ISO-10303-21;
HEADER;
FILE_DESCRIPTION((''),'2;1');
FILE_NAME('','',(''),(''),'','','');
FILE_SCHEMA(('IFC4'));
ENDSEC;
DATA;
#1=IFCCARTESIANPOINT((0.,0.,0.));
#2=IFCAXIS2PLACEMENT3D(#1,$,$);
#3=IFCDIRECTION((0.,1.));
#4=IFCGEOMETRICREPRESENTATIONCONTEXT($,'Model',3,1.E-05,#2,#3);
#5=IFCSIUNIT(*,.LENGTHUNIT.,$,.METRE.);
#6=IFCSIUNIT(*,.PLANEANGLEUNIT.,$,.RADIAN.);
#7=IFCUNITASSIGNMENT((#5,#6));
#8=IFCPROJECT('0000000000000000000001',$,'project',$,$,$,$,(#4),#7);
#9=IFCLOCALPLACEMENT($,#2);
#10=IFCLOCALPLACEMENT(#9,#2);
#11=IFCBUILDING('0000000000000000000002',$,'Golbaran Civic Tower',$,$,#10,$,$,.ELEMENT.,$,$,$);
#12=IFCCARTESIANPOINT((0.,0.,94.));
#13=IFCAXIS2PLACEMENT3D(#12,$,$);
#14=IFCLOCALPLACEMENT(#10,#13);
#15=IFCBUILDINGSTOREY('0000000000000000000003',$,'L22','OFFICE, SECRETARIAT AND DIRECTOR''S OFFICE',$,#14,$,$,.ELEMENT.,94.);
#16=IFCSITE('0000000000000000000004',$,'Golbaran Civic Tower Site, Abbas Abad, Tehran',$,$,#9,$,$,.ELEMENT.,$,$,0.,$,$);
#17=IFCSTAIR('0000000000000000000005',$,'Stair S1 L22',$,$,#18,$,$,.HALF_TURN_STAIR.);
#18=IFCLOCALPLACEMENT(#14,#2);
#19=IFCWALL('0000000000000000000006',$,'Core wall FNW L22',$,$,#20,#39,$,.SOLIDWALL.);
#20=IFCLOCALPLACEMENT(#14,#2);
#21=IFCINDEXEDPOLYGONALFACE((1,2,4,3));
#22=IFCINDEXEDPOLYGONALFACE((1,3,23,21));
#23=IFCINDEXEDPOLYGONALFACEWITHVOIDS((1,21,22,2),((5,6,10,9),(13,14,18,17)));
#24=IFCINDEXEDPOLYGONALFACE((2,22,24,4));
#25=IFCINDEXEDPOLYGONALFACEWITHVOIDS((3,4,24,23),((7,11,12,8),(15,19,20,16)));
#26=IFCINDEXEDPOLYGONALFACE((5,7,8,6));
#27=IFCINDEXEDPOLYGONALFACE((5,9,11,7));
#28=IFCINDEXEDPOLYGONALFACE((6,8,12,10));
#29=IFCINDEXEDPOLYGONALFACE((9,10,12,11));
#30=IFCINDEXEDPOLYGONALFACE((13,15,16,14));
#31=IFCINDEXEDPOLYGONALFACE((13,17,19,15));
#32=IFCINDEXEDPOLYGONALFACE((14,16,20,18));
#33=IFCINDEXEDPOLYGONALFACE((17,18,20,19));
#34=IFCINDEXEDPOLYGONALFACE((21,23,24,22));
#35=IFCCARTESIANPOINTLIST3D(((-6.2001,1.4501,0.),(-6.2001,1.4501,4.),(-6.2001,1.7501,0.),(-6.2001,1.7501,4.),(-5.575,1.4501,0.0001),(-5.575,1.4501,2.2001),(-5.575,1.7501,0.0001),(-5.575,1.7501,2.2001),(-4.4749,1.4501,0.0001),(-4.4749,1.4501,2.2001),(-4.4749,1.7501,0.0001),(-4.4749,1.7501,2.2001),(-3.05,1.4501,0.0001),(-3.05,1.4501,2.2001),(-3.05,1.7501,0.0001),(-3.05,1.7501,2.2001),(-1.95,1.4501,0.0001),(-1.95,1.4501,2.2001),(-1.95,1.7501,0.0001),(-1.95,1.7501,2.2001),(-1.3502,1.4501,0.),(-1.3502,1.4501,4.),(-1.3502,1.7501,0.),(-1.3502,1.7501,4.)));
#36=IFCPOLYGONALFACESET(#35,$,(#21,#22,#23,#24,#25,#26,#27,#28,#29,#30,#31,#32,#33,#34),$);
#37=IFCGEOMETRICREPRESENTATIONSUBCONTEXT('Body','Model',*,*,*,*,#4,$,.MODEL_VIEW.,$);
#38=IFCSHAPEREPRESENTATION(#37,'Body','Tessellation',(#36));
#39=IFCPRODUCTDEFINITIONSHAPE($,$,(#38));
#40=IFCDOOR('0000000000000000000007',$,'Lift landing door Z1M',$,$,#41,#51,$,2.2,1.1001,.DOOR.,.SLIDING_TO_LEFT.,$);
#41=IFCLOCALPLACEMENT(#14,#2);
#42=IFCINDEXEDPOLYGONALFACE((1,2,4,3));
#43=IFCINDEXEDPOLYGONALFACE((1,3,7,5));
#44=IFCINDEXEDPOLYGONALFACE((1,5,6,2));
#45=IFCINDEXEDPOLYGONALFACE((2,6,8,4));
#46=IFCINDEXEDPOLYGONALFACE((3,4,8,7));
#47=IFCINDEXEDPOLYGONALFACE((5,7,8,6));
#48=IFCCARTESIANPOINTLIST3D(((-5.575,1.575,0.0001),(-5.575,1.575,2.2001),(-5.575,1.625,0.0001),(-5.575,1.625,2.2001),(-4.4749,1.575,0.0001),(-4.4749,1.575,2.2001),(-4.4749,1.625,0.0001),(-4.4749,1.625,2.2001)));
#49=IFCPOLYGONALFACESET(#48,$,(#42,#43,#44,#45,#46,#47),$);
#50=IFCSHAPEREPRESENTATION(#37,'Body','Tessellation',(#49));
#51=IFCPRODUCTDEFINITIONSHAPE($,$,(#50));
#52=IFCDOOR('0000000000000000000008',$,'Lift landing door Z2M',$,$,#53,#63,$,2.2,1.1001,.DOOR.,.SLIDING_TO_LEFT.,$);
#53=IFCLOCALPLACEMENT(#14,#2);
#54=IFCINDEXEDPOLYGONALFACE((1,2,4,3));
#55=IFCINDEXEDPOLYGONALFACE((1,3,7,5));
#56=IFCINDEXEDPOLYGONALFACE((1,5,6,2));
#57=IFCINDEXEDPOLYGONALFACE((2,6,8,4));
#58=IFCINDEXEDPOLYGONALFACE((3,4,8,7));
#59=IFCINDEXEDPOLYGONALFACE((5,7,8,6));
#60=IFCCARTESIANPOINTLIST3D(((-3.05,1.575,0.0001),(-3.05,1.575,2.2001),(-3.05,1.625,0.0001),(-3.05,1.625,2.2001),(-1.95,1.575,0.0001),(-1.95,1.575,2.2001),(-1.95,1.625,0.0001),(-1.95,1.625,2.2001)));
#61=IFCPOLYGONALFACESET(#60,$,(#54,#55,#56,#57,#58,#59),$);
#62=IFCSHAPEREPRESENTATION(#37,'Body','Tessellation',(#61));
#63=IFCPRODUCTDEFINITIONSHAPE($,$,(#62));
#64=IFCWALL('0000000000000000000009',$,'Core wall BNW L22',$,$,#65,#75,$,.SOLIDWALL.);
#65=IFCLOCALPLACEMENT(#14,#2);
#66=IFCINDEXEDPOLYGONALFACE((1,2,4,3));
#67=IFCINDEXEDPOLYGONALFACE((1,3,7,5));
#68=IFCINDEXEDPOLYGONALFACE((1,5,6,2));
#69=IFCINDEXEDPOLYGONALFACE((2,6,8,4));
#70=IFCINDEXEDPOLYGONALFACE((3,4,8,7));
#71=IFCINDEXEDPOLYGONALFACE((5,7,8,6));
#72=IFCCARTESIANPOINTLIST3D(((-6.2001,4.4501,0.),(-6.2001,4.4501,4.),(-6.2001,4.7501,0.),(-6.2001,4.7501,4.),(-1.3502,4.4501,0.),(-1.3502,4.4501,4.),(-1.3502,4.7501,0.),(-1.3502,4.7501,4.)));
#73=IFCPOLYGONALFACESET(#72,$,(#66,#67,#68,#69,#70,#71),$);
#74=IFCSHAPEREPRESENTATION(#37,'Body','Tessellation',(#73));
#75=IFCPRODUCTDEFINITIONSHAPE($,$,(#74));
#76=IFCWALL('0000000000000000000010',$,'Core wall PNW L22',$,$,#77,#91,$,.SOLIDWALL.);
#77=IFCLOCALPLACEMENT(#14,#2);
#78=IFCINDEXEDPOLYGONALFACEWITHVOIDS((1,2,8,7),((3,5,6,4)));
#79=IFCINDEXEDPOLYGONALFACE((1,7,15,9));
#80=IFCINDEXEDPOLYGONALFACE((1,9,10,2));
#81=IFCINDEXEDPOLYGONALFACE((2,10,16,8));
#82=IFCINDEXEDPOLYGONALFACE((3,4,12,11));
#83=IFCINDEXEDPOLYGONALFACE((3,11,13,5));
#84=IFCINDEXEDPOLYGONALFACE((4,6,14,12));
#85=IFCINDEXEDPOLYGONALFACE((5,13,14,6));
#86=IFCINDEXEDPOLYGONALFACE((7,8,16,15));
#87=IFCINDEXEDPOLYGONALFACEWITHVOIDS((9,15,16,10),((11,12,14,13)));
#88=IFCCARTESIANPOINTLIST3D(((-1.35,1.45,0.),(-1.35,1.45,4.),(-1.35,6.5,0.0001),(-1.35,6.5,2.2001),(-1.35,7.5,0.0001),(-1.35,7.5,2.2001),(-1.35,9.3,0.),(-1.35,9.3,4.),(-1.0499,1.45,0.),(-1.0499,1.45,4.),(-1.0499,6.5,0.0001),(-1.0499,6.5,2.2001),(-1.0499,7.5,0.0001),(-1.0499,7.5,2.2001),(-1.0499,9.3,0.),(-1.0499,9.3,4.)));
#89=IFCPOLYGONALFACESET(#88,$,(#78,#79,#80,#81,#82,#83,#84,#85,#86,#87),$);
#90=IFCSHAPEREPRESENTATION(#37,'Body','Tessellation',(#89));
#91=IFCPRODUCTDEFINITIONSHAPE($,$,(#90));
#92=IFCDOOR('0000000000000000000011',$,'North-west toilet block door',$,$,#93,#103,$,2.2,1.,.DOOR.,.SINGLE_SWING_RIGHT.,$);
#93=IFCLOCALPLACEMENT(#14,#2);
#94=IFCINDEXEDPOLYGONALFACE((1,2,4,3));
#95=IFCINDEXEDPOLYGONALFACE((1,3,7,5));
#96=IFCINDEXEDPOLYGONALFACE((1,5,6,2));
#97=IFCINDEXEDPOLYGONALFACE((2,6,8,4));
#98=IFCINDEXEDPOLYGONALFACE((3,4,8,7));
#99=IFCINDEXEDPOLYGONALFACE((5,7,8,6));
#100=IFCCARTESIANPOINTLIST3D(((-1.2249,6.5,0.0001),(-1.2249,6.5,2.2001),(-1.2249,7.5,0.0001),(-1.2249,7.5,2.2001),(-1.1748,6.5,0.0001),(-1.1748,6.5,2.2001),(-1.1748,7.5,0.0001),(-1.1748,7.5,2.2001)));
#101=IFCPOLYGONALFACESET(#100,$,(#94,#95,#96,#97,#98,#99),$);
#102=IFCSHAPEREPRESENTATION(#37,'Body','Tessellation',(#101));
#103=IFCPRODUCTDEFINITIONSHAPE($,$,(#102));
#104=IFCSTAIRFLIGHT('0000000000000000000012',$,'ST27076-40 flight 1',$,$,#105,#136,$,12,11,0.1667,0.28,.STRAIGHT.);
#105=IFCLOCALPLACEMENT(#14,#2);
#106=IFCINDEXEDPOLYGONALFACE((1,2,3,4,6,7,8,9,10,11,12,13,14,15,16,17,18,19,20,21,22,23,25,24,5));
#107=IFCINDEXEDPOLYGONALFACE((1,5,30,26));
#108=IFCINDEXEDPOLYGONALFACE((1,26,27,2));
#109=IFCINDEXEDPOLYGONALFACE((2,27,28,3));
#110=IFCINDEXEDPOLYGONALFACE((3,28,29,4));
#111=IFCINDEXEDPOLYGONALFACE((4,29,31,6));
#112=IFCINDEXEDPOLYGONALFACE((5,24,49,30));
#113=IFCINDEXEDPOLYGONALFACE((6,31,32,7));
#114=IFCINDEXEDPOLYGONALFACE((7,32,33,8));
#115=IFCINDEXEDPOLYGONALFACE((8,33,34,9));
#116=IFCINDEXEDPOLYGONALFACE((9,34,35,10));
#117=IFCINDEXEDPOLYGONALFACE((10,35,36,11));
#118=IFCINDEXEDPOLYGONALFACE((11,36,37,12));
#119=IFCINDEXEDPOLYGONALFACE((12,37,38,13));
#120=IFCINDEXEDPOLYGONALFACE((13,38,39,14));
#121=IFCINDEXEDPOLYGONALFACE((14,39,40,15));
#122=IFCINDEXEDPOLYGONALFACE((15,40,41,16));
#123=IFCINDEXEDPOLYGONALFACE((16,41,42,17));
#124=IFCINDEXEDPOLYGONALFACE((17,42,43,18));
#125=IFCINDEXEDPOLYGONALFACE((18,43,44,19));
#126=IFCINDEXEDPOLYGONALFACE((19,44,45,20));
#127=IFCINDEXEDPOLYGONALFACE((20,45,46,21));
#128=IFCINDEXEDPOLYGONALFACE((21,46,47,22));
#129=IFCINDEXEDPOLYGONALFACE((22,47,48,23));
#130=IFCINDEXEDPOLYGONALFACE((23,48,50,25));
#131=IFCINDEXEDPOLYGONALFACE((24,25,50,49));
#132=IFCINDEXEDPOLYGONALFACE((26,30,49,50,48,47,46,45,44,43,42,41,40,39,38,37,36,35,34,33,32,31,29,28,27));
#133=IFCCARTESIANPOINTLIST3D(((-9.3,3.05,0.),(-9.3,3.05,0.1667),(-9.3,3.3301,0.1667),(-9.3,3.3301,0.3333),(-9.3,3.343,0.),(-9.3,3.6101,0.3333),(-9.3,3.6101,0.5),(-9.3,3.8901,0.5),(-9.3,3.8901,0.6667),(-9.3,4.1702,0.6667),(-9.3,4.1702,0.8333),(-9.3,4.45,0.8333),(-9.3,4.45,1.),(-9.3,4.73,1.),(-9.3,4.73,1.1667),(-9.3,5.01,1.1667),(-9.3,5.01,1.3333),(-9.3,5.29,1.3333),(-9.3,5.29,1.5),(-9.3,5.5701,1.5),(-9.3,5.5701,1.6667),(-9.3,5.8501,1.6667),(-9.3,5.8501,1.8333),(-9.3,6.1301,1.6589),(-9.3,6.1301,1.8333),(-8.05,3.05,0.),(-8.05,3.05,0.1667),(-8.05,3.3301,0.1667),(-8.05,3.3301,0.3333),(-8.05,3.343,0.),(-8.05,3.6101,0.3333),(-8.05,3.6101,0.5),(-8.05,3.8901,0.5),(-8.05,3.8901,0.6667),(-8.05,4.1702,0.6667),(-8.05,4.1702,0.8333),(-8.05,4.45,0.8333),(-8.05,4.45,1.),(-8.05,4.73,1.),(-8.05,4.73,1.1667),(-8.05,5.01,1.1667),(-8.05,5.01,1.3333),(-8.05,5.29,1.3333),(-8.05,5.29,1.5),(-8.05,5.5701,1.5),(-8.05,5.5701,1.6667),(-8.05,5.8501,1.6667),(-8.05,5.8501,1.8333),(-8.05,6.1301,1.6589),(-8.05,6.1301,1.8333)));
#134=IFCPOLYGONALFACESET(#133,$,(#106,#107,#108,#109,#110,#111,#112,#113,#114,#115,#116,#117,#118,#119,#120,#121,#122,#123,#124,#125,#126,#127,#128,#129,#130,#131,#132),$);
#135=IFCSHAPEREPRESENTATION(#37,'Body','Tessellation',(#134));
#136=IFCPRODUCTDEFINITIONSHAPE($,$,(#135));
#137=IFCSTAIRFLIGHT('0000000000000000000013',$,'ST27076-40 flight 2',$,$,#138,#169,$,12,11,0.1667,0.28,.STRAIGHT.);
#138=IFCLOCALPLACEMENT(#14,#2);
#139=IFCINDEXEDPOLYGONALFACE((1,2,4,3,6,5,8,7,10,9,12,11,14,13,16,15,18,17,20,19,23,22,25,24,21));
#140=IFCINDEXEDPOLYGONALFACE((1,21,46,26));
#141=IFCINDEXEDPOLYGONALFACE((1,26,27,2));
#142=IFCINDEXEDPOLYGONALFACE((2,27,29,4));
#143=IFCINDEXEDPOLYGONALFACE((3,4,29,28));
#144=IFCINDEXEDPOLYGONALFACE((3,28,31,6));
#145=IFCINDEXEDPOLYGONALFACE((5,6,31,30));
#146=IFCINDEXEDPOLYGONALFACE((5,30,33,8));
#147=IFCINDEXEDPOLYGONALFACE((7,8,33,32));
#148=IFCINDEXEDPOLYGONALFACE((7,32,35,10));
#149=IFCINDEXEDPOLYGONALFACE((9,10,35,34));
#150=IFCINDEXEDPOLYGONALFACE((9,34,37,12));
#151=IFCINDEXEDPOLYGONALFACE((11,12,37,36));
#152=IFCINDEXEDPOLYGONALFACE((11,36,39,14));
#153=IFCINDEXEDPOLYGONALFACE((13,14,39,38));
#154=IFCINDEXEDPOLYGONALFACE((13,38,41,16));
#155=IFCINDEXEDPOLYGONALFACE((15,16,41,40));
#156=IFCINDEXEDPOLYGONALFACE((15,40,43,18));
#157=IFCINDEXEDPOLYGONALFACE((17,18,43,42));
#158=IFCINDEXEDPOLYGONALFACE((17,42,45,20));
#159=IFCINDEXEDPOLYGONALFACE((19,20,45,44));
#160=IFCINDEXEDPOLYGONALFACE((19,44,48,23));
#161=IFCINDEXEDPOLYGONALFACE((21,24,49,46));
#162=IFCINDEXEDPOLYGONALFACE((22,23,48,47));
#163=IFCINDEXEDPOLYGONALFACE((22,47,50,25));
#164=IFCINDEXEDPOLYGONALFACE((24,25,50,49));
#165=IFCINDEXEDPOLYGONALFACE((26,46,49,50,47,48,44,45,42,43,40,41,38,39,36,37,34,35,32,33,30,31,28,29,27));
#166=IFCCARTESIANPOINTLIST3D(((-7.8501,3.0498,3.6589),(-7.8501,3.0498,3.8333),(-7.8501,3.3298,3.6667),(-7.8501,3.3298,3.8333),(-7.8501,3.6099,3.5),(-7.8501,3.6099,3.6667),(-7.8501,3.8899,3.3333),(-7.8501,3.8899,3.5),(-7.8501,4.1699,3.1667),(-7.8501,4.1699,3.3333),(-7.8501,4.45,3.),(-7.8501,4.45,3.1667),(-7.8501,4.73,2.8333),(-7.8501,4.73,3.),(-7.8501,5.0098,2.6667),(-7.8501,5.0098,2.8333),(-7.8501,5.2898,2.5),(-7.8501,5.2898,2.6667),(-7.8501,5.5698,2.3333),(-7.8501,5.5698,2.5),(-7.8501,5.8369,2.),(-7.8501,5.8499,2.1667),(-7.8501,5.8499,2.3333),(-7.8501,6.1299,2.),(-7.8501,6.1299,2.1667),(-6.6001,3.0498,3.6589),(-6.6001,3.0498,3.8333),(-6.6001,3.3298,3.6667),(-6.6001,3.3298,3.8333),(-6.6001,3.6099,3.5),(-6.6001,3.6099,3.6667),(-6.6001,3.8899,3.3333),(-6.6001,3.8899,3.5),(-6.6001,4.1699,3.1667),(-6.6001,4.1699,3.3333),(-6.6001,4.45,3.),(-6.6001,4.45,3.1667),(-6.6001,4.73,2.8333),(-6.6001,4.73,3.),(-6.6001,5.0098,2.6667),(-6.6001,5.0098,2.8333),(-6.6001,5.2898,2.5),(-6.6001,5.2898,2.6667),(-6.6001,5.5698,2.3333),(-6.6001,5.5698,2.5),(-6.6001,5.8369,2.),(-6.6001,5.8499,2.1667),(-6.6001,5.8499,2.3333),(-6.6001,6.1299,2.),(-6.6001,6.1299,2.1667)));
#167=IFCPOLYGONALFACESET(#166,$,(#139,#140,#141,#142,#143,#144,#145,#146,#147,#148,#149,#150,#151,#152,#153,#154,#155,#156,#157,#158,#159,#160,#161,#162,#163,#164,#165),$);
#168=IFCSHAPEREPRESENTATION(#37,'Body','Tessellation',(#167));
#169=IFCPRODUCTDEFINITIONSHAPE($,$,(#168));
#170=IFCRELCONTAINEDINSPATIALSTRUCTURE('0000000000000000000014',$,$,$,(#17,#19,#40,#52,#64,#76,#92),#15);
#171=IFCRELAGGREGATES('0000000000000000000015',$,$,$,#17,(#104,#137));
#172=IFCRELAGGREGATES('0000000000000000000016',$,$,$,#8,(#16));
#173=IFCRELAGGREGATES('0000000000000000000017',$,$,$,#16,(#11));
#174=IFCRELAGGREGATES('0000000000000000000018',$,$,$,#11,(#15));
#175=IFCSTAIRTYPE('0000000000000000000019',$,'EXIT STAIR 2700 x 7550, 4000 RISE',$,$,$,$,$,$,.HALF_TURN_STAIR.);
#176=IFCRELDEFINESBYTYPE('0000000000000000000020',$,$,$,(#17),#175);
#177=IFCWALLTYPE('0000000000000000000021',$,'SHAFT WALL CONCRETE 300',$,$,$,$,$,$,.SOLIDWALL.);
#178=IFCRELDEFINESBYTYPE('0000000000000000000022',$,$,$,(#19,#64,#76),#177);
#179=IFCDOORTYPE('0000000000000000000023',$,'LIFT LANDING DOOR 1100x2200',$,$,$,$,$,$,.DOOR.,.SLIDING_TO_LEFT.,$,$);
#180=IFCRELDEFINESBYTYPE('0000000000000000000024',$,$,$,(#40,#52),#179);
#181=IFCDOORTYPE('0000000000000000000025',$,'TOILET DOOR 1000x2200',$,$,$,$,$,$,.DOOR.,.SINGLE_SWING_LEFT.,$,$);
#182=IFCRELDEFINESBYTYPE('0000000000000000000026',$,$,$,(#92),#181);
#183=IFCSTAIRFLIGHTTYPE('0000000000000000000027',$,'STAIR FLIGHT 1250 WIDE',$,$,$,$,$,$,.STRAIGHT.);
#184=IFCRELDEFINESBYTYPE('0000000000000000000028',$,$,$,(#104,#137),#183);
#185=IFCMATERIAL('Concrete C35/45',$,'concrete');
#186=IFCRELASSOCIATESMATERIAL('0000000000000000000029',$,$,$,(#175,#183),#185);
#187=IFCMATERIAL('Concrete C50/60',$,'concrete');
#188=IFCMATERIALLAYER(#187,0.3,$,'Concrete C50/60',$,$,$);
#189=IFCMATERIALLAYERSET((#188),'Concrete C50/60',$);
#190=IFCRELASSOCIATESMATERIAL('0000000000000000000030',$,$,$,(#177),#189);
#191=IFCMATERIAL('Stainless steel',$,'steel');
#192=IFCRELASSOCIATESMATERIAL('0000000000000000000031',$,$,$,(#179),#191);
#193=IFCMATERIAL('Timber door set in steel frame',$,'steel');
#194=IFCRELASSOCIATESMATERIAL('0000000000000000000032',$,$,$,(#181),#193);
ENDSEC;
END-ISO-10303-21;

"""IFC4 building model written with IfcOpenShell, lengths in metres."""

from ifc_helpers import new_model, si_unit, direction, frame, frame_2d, origin, place, context, subcontext, project, spatial, polyline, rectangle, outline, extrude, material, layer, layer_set, type_object, element, fill, aggregate, save


model = new_model("IFC4")

# Units and contexts
model_context = context("Model", 3, precision=1e-05, world=origin(), true_north=direction((0.0, 1.0)))
body_context = subcontext(model_context, "Body", "Model", "MODEL_VIEW")
ifc_project = project(units=[si_unit("LENGTHUNIT", "METRE"), si_unit("PLANEANGLEUNIT", "RADIAN")], contexts=[model_context])

# Site, building, storey
site_placement = place(None, origin())
site = spatial("IfcSite", under=ifc_project, at=site_placement, Name="Golbaran Civic Tower Site, Abbas Abad, Tehran", CompositionType="ELEMENT", RefElevation=0.0)
building_placement = place(site_placement, origin())
building = spatial("IfcBuilding", under=site, at=building_placement, Name="Golbaran Civic Tower", CompositionType="ELEMENT")
storey_placement = place(building_placement, frame((0.0, 0.0, 94.0)))
storey = spatial("IfcBuildingStorey", under=building, at=storey_placement, Name="L22", Description="OFFICE, SECRETARIAT AND DIRECTOR'S OFFICE", CompositionType="ELEMENT", Elevation=94.0)

# Stair
ifc_material_1 = material(Name="Concrete C35/45", Category="concrete")
stair_type = type_object("IfcStairType", Name="EXIT STAIR 2700 x 7550, 4000 RISE", PredefinedType="HALF_TURN_STAIR", material=ifc_material_1)
stair_1_placement = place(storey_placement, origin())
stair_1 = element("IfcStair", 1, at=stair_1_placement, inside=storey, type_object=stair_type, Name="Stair S1 L22", PredefinedType="HALF_TURN_STAIR")

# Shared definitions
ifc_material_2 = material(Name="Timber door set in steel frame", Category="steel")

# Wall, openings, doors
ifc_material_3 = material(Name="Concrete C50/60", Category="concrete")
ifc_layer_1 = layer(ifc_material_3, 0.3, Name="Concrete C50/60")
ifc_layer_set_1 = layer_set([ifc_layer_1], Name="Concrete C50/60")
wall_type_1 = type_object("IfcWallType", Name="SHAFT WALL CONCRETE 300", PredefinedType="SOLIDWALL", material=ifc_layer_set_1)
wall_1_placement = place(storey_placement, frame((-6.2, 1.6001, 0.0), z_axis=(0.0, 0.0, 1.0), x_axis=(1.0, 0.0, 0.0)))
wall_1 = element("IfcWall", 2, at=wall_1_placement, inside=storey, type_object=wall_type_1, Name="Core wall FNW L22", PredefinedType="SOLIDWALL", context=body_context, shape_type="SweptSolid", body=[
    extrude(rectangle(XDim=4.8499, YDim=0.3, at=frame_2d((2.4248, 0.0))), origin(), (0.0, 0.0, 1.0), 4.0),
])
opening_1_placement = place(wall_1_placement, frame((0.625, 0.0, 0.0)))
opening_1 = element("IfcOpeningElement", 3, at=opening_1_placement, cuts=wall_1, PredefinedType="OPENING", context=body_context, shape_type="SweptSolid", body=[
    extrude(rectangle(XDim=1.1001, YDim=2.2, at=frame_2d((0.55, 1.1001))), frame((0.0, 0.1599, 0.0), z_axis=(0.0, -1.0, 0.0), x_axis=(1.0, 0.0, 0.0)), (0.0, 0.0, 1.0), 0.3201),
])
opening_2_placement = place(wall_1_placement, frame((3.1499, 0.0, 0.0)))
opening_2 = element("IfcOpeningElement", 4, at=opening_2_placement, cuts=wall_1, PredefinedType="OPENING", context=body_context, shape_type="SweptSolid", body=[
    extrude(rectangle(XDim=1.1001, YDim=2.2, at=frame_2d((0.55, 1.1001))), frame((0.0, 0.1599, 0.0), z_axis=(0.0, -1.0, 0.0), x_axis=(1.0, 0.0, 0.0)), (0.0, 0.0, 1.0), 0.3201),
])
ifc_material_4 = material(Name="Stainless steel", Category="steel")
door_type_1 = type_object("IfcDoorType", Name="LIFT LANDING DOOR 1100x2200", OperationType="SLIDING_TO_LEFT", PredefinedType="DOOR", material=ifc_material_4)
door_1_placement = place(opening_1_placement, origin())
door_1 = element("IfcDoor", 5, at=door_1_placement, inside=storey, type_object=door_type_1, Name="Lift landing door Z1M", OperationType="SLIDING_TO_LEFT", OverallHeight=2.2, OverallWidth=1.1001, PredefinedType="DOOR", context=body_context, shape_type="SweptSolid", body=[
    extrude(rectangle(XDim=1.1001, YDim=2.2, at=frame_2d((0.55, 1.1001))), frame((0.0, 0.0249, 0.0), z_axis=(0.0, -1.0, 0.0), x_axis=(1.0, 0.0, 0.0)), (0.0, 0.0, 1.0), 0.05),
])
fill(opening_1, door_1)
door_2_placement = place(opening_2_placement, origin())
door_2 = element("IfcDoor", 6, at=door_2_placement, inside=storey, type_object=door_type_1, Name="Lift landing door Z2M", OperationType="SLIDING_TO_LEFT", OverallHeight=2.2, OverallWidth=1.1001, PredefinedType="DOOR", context=body_context, shape_type="SweptSolid", body=[
    extrude(rectangle(XDim=1.1001, YDim=2.2, at=frame_2d((0.55, 1.1001))), frame((0.0, 0.0249, 0.0), z_axis=(0.0, -1.0, 0.0), x_axis=(1.0, 0.0, 0.0)), (0.0, 0.0, 1.0), 0.05),
])
fill(opening_2, door_2)

# Wall
wall_2_placement = place(storey_placement, frame((-6.2, 4.6001, 0.0), z_axis=(0.0, 0.0, 1.0), x_axis=(1.0, 0.0, 0.0)))
element("IfcWall", 7, at=wall_2_placement, inside=storey, type_object=wall_type_1, Name="Core wall BNW L22", PredefinedType="SOLIDWALL", context=body_context, shape_type="SweptSolid", body=[
    extrude(rectangle(XDim=4.8499, YDim=0.3, at=frame_2d((2.4248, 0.0))), origin(), (0.0, 0.0, 1.0), 4.0),
])

# Wall, opening, door
wall_3_placement = place(storey_placement, frame((-1.2, 1.45, 0.0), z_axis=(0.0, 0.0, 1.0), x_axis=(0.0, 1.0, 0.0)))
wall_3 = element("IfcWall", 8, at=wall_3_placement, inside=storey, type_object=wall_type_1, Name="Core wall PNW L22", PredefinedType="SOLIDWALL", context=body_context, shape_type="SweptSolid", body=[
    extrude(rectangle(XDim=7.8501, YDim=0.3, at=frame_2d((3.925, 0.0))), origin(), (0.0, 0.0, 1.0), 4.0),
])
opening_3_placement = place(wall_3_placement, frame((5.05, 0.0, 0.0)))
opening_3 = element("IfcOpeningElement", 9, at=opening_3_placement, cuts=wall_3, PredefinedType="OPENING", context=body_context, shape_type="SweptSolid", body=[
    extrude(rectangle(XDim=1.0, YDim=2.2, at=frame_2d((0.5, 1.1001))), frame((0.0, 0.1599, 0.0), z_axis=(0.0, -1.0, 0.0), x_axis=(1.0, 0.0, 0.0)), (0.0, 0.0, 1.0), 0.3201),
])
door_type_2 = type_object("IfcDoorType", Name="TOILET DOOR 1000x2200", OperationType="SINGLE_SWING_LEFT", PredefinedType="DOOR", material=ifc_material_2)
door_3_placement = place(opening_3_placement, origin())
door_3 = element("IfcDoor", 10, at=door_3_placement, inside=storey, type_object=door_type_2, Name="North-west toilet block door", OperationType="SINGLE_SWING_RIGHT", OverallHeight=2.2, OverallWidth=1.0, PredefinedType="DOOR", context=body_context, shape_type="SweptSolid", body=[
    extrude(rectangle(XDim=1.0, YDim=2.2, at=frame_2d((0.5, 1.1001))), frame((0.0, 0.0249, 0.0), z_axis=(0.0, -1.0, 0.0), x_axis=(1.0, 0.0, 0.0)), (0.0, 0.0, 1.0), 0.05),
])
fill(opening_3, door_3)

# Stair flights
stair_flight_type = type_object("IfcStairFlightType", Name="STAIR FLIGHT 1250 WIDE", PredefinedType="STRAIGHT", material=ifc_material_1)
stair_flight_1_placement = place(storey_placement, frame((-8.675, 3.05, 0.0), z_axis=(0.0, 0.0, 1.0), x_axis=(0.0, 1.0, 0.0)))
stair_flight_1 = element("IfcStairFlight", 11, at=stair_flight_1_placement, type_object=stair_flight_type, Name="ST27076-40 flight 1", NumberOfRisers=12, NumberOfTreads=11, PredefinedType="STRAIGHT", RiserHeight=0.1667, TreadLength=0.28, context=body_context, shape_type="SweptSolid", body=[
    extrude(outline(polyline([(0.0, 0.0), (0.0, 0.1667), (0.28, 0.1667), (0.28, 0.3333), (0.5601, 0.3333), (0.5601, 0.5), (0.8401, 0.5), (0.8401, 0.6667), (1.1201, 0.6667), (1.1201, 0.8333), (1.3999, 0.8333), (1.3999, 1.0), (1.6799, 1.0), (1.6799, 1.1667), (1.96, 1.1667), (1.96, 1.3333), (2.24, 1.3333), (2.24, 1.5), (2.52, 1.5), (2.52, 1.6667), (2.8, 1.6667), (2.8, 1.8333), (3.0801, 1.8333), (3.0801, 2.0), (3.0801, 1.6589), (0.293, 0.0), (0.0, 0.0)])), frame((0.0, 0.625, 0.0), z_axis=(0.0, -1.0, 0.0), x_axis=(1.0, 0.0, 0.0)), (0.0, 0.0, 1.0), 1.25),
])
stair_flight_2_placement = place(storey_placement, frame((-7.2251, 6.1299, 2.0), z_axis=(0.0, 0.0, 1.0), x_axis=(0.0, -1.0, 0.0)))
stair_flight_2 = element("IfcStairFlight", 12, at=stair_flight_2_placement, type_object=stair_flight_type, Name="ST27076-40 flight 2", NumberOfRisers=12, NumberOfTreads=11, PredefinedType="STRAIGHT", RiserHeight=0.1667, TreadLength=0.28, context=body_context, shape_type="SweptSolid", body=[
    extrude(outline(polyline([(0.0, 0.0), (0.0, 0.1667), (0.28, 0.1667), (0.28, 0.3333), (0.5601, 0.3333), (0.5601, 0.5), (0.8401, 0.5), (0.8401, 0.6667), (1.1201, 0.6667), (1.1201, 0.8333), (1.3999, 0.8333), (1.3999, 1.0), (1.6799, 1.0), (1.6799, 1.1667), (1.96, 1.1667), (1.96, 1.3333), (2.24, 1.3333), (2.24, 1.5), (2.52, 1.5), (2.52, 1.6667), (2.8, 1.6667), (2.8, 1.8333), (3.0801, 1.8333), (3.0801, 2.0), (3.0801, 1.6589), (0.293, 0.0), (0.0, 0.0)])), frame((0.0, 0.625, 0.0), z_axis=(0.0, -1.0, 0.0), x_axis=(1.0, 0.0, 0.0)), (0.0, 0.0, 1.0), 1.25),
])
aggregate(stair_1, [stair_flight_1, stair_flight_2])

save(model, "model.ifc")
